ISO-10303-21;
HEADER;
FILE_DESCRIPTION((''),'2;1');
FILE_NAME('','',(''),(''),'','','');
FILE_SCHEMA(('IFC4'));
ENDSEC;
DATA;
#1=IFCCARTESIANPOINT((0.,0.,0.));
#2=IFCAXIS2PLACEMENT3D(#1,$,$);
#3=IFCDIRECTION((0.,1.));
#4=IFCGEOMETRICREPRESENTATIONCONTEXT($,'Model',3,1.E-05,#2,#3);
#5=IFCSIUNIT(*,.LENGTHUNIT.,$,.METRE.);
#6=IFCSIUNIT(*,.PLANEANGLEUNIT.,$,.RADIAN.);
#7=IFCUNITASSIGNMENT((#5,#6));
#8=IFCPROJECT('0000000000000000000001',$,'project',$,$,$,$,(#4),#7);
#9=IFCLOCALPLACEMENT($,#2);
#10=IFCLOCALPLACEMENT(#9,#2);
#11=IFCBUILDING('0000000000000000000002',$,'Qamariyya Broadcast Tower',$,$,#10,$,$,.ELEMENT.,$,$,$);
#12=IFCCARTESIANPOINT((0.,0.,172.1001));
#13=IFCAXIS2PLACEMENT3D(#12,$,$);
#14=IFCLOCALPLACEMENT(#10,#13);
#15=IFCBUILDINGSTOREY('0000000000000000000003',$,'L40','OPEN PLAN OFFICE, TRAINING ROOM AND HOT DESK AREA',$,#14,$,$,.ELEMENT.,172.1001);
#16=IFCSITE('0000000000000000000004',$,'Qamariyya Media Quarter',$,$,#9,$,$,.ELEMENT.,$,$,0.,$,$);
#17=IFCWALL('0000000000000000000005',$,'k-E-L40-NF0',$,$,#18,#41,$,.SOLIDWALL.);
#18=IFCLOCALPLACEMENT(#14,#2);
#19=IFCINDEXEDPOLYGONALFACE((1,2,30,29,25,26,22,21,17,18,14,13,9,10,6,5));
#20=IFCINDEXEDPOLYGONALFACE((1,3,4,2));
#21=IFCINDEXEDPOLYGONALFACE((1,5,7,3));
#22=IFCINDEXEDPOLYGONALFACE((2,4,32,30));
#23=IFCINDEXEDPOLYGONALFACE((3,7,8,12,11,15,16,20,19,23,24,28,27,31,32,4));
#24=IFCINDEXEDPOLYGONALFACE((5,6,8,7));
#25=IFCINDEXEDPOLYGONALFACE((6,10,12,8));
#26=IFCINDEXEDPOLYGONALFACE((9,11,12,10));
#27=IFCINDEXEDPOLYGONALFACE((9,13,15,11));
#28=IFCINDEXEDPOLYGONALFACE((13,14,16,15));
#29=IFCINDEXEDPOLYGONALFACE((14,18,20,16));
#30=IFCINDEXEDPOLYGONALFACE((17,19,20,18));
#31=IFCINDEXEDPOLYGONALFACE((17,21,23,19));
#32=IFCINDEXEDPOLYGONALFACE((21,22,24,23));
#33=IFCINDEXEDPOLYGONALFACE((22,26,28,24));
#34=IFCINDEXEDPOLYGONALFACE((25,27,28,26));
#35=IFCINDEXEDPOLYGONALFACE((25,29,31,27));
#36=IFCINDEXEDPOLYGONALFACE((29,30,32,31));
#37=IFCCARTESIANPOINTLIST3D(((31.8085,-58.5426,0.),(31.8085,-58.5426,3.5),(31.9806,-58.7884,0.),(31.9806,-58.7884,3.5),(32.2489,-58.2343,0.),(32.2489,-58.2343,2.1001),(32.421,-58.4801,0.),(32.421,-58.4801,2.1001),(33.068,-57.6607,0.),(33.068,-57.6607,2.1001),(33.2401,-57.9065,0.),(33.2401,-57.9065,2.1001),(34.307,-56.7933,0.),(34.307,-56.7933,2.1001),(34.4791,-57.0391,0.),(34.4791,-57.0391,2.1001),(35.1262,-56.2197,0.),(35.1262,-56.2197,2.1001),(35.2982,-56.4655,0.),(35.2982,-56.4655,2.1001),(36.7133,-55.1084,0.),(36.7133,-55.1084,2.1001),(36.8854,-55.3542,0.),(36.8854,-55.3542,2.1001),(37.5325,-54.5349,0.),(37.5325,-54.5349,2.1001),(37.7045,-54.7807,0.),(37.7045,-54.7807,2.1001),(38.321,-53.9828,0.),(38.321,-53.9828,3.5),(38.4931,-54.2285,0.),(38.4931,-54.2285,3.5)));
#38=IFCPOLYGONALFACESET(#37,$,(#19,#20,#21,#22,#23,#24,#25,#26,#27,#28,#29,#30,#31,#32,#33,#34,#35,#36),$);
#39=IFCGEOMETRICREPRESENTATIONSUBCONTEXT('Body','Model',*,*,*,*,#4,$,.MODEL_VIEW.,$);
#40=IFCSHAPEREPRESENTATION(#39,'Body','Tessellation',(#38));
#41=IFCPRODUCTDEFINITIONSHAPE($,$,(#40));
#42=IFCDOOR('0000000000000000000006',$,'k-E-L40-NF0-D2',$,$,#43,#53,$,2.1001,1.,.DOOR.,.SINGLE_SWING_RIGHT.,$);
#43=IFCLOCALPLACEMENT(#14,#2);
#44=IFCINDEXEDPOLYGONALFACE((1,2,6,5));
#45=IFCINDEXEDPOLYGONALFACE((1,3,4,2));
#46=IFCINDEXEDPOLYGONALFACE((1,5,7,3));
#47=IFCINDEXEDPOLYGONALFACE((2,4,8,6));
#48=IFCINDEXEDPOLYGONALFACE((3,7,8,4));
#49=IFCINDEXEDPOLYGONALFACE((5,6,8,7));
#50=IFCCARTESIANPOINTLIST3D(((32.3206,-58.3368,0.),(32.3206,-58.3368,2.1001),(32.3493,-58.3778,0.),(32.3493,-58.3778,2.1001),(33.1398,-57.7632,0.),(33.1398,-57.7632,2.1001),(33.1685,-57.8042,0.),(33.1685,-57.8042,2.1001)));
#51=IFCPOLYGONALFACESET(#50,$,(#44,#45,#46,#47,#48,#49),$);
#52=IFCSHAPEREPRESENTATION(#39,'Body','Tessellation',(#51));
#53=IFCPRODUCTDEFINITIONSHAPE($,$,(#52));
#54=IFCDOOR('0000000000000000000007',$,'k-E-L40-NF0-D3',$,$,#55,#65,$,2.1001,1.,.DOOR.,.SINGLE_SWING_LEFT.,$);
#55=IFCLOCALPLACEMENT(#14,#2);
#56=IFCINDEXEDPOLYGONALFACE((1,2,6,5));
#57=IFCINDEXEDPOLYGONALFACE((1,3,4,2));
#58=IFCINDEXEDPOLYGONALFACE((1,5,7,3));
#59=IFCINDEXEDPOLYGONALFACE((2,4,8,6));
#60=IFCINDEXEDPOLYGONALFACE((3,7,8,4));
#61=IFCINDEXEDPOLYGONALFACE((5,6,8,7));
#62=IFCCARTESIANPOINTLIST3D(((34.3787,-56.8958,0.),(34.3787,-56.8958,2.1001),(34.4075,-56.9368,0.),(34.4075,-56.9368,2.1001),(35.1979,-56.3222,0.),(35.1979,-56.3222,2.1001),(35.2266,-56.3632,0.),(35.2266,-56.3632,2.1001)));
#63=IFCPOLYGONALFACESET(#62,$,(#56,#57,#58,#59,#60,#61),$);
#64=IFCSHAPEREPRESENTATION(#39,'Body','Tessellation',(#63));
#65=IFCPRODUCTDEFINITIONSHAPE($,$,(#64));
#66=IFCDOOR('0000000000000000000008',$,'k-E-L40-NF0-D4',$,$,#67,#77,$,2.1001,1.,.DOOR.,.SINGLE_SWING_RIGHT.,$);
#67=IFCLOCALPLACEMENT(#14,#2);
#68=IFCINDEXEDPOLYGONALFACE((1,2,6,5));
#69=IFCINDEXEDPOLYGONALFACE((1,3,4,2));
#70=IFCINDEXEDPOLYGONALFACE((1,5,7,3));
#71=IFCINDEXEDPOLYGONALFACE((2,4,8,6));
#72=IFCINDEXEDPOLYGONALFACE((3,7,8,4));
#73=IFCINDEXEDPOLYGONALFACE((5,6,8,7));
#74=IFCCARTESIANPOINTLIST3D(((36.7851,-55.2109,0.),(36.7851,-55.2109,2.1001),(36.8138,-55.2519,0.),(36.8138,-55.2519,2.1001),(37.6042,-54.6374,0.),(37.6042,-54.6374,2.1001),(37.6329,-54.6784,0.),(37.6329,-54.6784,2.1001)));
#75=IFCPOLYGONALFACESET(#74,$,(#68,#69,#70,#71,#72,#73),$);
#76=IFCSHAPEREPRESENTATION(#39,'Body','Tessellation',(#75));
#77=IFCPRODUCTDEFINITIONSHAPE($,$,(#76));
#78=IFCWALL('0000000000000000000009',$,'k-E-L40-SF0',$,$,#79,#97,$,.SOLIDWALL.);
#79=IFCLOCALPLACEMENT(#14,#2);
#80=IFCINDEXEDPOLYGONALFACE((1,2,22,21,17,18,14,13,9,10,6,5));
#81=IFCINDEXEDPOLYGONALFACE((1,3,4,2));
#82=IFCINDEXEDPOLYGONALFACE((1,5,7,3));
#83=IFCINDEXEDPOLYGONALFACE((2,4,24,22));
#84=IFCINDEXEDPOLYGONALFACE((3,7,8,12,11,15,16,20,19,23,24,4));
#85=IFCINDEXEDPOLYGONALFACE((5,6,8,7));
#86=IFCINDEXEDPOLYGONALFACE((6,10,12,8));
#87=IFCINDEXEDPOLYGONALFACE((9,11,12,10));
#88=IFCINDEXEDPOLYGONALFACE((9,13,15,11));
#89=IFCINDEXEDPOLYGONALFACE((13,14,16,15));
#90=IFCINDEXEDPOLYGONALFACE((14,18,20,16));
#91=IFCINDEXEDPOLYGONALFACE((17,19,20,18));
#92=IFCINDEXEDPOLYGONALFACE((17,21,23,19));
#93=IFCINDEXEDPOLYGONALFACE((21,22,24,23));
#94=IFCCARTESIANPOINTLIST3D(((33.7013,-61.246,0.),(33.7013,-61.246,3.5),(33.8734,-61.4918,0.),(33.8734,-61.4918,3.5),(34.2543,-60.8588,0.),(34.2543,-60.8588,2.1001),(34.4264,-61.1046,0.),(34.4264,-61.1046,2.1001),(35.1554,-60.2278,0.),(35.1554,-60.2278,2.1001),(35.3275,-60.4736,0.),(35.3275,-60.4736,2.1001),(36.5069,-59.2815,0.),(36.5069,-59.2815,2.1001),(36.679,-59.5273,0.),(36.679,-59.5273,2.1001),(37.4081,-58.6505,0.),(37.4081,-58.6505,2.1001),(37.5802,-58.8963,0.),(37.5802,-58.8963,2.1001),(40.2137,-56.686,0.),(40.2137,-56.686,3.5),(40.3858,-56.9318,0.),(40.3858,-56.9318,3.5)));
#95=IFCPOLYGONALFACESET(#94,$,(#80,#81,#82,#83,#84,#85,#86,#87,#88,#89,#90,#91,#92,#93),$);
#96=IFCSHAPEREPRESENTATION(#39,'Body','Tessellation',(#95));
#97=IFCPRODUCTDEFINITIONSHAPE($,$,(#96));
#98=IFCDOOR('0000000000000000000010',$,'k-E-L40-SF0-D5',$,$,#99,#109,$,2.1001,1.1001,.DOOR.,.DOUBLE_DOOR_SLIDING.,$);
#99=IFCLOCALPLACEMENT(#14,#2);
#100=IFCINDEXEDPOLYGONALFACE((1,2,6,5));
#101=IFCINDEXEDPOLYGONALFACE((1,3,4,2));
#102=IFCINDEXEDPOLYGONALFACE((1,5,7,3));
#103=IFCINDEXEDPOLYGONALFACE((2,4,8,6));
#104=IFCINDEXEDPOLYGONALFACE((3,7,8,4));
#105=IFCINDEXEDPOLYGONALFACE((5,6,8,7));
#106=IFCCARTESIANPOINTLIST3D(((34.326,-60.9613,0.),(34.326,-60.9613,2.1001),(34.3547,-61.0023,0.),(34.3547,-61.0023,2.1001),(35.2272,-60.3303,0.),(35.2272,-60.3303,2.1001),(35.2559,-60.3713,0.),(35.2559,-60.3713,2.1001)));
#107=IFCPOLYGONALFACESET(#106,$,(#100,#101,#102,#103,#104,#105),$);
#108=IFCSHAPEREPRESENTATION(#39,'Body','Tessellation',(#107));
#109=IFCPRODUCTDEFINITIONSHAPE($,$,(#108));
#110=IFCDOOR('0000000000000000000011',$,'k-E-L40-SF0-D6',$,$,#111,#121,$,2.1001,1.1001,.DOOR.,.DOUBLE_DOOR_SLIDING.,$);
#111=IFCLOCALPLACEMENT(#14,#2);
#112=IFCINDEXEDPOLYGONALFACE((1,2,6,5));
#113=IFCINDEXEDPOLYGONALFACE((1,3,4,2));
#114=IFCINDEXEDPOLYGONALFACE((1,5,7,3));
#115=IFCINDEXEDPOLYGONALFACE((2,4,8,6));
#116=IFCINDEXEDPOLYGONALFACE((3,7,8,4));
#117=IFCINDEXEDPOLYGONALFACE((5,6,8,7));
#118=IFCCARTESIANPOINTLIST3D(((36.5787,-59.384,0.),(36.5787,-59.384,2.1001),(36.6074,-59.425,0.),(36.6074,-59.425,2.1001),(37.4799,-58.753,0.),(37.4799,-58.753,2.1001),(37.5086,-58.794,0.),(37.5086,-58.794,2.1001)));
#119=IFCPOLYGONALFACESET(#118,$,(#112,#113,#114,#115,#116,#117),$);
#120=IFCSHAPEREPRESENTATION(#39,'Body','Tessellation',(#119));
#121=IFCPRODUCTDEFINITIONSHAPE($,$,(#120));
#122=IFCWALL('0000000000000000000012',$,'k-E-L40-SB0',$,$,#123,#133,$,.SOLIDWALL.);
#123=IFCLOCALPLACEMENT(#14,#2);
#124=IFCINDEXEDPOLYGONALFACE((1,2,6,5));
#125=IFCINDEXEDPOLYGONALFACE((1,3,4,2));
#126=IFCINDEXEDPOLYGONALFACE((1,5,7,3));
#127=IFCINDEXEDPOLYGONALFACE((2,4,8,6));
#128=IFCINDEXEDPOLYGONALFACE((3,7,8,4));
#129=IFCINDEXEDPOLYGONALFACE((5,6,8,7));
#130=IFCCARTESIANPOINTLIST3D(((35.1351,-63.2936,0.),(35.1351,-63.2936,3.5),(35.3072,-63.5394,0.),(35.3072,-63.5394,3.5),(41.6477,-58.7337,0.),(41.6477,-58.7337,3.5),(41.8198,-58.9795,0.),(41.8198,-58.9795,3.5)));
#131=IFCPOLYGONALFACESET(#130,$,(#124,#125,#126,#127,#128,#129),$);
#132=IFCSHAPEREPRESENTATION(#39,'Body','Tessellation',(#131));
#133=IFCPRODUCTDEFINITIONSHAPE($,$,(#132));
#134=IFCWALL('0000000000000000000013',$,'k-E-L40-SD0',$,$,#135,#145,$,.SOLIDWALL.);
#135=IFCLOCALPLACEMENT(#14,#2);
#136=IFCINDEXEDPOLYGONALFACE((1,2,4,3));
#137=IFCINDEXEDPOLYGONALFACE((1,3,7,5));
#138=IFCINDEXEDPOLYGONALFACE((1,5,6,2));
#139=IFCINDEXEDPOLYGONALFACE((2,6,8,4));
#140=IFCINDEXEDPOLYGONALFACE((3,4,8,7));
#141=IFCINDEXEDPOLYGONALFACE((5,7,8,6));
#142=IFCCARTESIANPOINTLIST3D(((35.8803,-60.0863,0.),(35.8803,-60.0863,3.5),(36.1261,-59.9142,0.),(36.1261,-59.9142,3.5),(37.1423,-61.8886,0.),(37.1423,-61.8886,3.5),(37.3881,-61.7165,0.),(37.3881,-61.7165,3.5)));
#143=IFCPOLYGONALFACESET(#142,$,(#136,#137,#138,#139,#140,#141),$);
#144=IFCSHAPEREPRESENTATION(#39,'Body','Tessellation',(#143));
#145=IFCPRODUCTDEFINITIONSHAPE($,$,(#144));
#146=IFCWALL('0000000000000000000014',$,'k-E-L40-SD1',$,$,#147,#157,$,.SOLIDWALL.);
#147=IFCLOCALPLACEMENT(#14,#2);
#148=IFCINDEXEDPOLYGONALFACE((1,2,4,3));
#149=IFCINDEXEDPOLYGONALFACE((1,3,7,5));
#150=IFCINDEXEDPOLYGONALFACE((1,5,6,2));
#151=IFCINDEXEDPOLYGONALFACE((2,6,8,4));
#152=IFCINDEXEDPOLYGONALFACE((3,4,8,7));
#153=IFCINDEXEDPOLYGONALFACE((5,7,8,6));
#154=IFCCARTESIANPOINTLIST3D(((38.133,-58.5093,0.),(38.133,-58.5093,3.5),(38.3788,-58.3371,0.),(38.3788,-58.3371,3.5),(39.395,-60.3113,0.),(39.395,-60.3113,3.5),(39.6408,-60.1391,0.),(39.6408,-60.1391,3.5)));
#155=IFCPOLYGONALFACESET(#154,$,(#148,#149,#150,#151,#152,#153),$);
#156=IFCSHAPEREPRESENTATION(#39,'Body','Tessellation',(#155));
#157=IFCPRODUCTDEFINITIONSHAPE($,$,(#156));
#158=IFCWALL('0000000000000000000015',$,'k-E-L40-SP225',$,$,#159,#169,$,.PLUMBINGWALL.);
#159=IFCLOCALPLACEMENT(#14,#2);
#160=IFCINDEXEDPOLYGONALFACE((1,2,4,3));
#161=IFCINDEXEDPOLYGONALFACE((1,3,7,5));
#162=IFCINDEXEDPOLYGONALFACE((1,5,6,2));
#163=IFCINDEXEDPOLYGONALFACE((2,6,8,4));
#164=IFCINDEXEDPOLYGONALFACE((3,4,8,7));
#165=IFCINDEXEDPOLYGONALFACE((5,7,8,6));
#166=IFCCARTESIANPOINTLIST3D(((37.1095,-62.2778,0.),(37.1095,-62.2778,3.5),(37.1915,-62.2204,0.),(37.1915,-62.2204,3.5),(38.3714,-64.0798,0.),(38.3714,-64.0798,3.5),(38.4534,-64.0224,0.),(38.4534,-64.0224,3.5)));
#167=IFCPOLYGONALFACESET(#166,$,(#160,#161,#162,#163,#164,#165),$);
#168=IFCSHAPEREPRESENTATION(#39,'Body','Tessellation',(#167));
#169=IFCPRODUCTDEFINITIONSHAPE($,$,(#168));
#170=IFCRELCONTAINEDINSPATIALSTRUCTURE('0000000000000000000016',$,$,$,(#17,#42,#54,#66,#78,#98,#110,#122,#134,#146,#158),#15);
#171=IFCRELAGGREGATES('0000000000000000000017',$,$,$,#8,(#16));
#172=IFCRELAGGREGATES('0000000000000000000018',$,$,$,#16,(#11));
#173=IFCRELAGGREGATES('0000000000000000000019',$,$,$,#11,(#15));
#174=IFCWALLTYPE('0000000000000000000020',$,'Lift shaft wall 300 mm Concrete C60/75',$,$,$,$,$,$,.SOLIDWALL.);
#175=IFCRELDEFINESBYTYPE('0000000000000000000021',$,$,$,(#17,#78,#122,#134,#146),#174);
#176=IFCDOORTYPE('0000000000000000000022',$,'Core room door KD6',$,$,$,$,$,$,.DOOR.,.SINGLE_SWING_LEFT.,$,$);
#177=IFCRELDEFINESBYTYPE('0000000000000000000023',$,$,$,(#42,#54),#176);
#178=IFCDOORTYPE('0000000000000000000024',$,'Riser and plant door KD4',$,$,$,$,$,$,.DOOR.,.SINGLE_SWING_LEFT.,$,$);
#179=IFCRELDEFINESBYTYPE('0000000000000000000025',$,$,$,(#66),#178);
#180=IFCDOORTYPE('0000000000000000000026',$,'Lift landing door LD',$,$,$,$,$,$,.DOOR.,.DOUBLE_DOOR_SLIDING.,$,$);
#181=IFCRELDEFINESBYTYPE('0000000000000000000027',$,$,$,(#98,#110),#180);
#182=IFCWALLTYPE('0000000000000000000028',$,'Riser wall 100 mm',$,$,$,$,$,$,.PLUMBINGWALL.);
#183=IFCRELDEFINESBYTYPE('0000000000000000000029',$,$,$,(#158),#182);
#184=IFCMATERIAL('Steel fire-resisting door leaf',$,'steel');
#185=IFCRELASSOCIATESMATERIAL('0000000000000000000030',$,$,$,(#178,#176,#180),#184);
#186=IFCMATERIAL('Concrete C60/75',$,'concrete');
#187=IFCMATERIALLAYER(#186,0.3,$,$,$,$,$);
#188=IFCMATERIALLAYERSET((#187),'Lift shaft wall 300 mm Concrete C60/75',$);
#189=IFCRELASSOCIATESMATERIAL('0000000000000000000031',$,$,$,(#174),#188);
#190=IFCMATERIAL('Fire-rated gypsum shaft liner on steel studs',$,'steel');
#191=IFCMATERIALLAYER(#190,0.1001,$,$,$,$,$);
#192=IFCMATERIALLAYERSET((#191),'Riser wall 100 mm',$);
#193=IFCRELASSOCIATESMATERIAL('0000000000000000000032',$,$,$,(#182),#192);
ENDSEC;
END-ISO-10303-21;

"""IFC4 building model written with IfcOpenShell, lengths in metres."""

from ifc_helpers import new_model, si_unit, direction, frame, frame_2d, origin, place, context, subcontext, project, spatial, rectangle, extrude, material, layer, layer_set, type_object, element, fill, save


model = new_model("IFC4")

# Units and contexts
model_context = context("Model", 3, precision=1e-05, world=origin(), true_north=direction((0.0, 1.0)))
body_context = subcontext(model_context, "Body", "Model", "MODEL_VIEW")
ifc_project = project(units=[si_unit("LENGTHUNIT", "METRE"), si_unit("PLANEANGLEUNIT", "RADIAN")], contexts=[model_context])

# Site, building, storey
site_placement = place(None, origin())
site = spatial("IfcSite", under=ifc_project, at=site_placement, Name="Qamariyya Media Quarter", CompositionType="ELEMENT", RefElevation=0.0)
building_placement = place(site_placement, origin())
building = spatial("IfcBuilding", under=site, at=building_placement, Name="Qamariyya Broadcast Tower", CompositionType="ELEMENT")
storey_placement = place(building_placement, frame((0.0, 0.0, 172.1001)))
storey = spatial("IfcBuildingStorey", under=building, at=storey_placement, Name="L40", Description="OPEN PLAN OFFICE, TRAINING ROOM AND HOT DESK AREA", CompositionType="ELEMENT", Elevation=172.1001)

# Shared definitions
ifc_material_1 = material(Name="Concrete C60/75", Category="concrete")

# Shared definitions
ifc_material_2 = material(Name="Steel fire-resisting door leaf", Category="steel")

# Shared definitions
door_type_1 = type_object("IfcDoorType", Name="Riser and plant door KD4", OperationType="SINGLE_SWING_LEFT", PredefinedType="DOOR", material=ifc_material_2)

# Walls, openings, doors
ifc_layer_1 = layer(ifc_material_1, 0.3)
ifc_layer_set_1 = layer_set([ifc_layer_1], Name="Lift shaft wall 300 mm Concrete C60/75")
wall_type_1 = type_object("IfcWallType", Name="Lift shaft wall 300 mm Concrete C60/75", PredefinedType="SOLIDWALL", material=ifc_layer_set_1)
wall_1_placement = place(storey_placement, frame((31.8945, -58.6655, 0.0), z_axis=(0.0, 0.0, 1.0), x_axis=(0.819167, 0.573555, 0.0)))
wall_1 = element("IfcWall", 1, at=wall_1_placement, inside=storey, type_object=wall_type_1, Name="k-E-L40-NF0", PredefinedType="SOLIDWALL", context=body_context, shape_type="SweptSolid", body=[
    extrude(rectangle(XDim=7.9502, YDim=0.3, at=frame_2d((3.9751, 0.0))), origin(), (0.0, 0.0, 1.0), 3.5),
])
opening_1_placement = place(wall_1_placement, frame((0.5376, 0.0, 0.0)))
opening_1 = element("IfcOpeningElement", 2, at=opening_1_placement, cuts=wall_1, PredefinedType="OPENING", context=body_context, shape_type="SweptSolid", body=[
    extrude(rectangle(XDim=1.0, YDim=2.1001, at=frame_2d((0.5, 1.05))), frame((0.0, 0.1599, 0.0), z_axis=(0.0, -1.0, 0.0), x_axis=(1.0, 0.0, 0.0)), (0.0, 0.0, 1.0), 0.3201),
])
opening_2_placement = place(wall_1_placement, frame((3.05, 0.0, 0.0)))
opening_2 = element("IfcOpeningElement", 3, at=opening_2_placement, cuts=wall_1, PredefinedType="OPENING", context=body_context, shape_type="SweptSolid", body=[
    extrude(rectangle(XDim=1.0, YDim=2.1001, at=frame_2d((0.5, 1.05))), frame((0.0, 0.1599, 0.0), z_axis=(0.0, -1.0, 0.0), x_axis=(1.0, 0.0, 0.0)), (0.0, 0.0, 1.0), 0.3201),
])
opening_3_placement = place(wall_1_placement, frame((5.9875, 0.0, 0.0)))
opening_3 = element("IfcOpeningElement", 4, at=opening_3_placement, cuts=wall_1, PredefinedType="OPENING", context=body_context, shape_type="SweptSolid", body=[
    extrude(rectangle(XDim=1.0, YDim=2.1001, at=frame_2d((0.5, 1.05))), frame((0.0, 0.1599, 0.0), z_axis=(0.0, -1.0, 0.0), x_axis=(1.0, 0.0, 0.0)), (0.0, 0.0, 1.0), 0.3201),
])
door_type_2 = type_object("IfcDoorType", Name="Core room door KD6", OperationType="SINGLE_SWING_LEFT", PredefinedType="DOOR", material=ifc_material_2)
door_1_placement = place(opening_1_placement, origin())
door_1 = element("IfcDoor", 5, at=door_1_placement, inside=storey, type_object=door_type_2, Name="k-E-L40-NF0-D2", OperationType="SINGLE_SWING_RIGHT", OverallHeight=2.1001, OverallWidth=1.0, PredefinedType="DOOR", context=body_context, shape_type="SweptSolid", body=[
    extrude(rectangle(XDim=1.0, YDim=2.1001, at=frame_2d((0.5, 1.05))), frame((0.0, 0.0249, 0.0), z_axis=(0.0, -1.0, 0.0), x_axis=(1.0, 0.0, 0.0)), (0.0, 0.0, 1.0), 0.05),
])
fill(opening_1, door_1)
door_2_placement = place(opening_2_placement, origin())
door_2 = element("IfcDoor", 6, at=door_2_placement, inside=storey, type_object=door_type_2, Name="k-E-L40-NF0-D3", OperationType="SINGLE_SWING_LEFT", OverallHeight=2.1001, OverallWidth=1.0, PredefinedType="DOOR", context=body_context, shape_type="SweptSolid", body=[
    extrude(rectangle(XDim=1.0, YDim=2.1001, at=frame_2d((0.5, 1.05))), frame((0.0, 0.0249, 0.0), z_axis=(0.0, -1.0, 0.0), x_axis=(1.0, 0.0, 0.0)), (0.0, 0.0, 1.0), 0.05),
])
fill(opening_2, door_2)
door_3_placement = place(opening_3_placement, origin())
door_3 = element("IfcDoor", 7, at=door_3_placement, inside=storey, type_object=door_type_1, Name="k-E-L40-NF0-D4", OperationType="SINGLE_SWING_RIGHT", OverallHeight=2.1001, OverallWidth=1.0, PredefinedType="DOOR", context=body_context, shape_type="SweptSolid", body=[
    extrude(rectangle(XDim=1.0, YDim=2.1001, at=frame_2d((0.5, 1.05))), frame((0.0, 0.0249, 0.0), z_axis=(0.0, -1.0, 0.0), x_axis=(1.0, 0.0, 0.0)), (0.0, 0.0, 1.0), 0.05),
])
fill(opening_3, door_3)
wall_2_placement = place(storey_placement, frame((33.7874, -61.3689, 0.0), z_axis=(0.0, 0.0, 1.0), x_axis=(0.819153, 0.573576, 0.0)))
wall_2 = element("IfcWall", 8, at=wall_2_placement, inside=storey, type_object=wall_type_1, Name="k-E-L40-SF0", PredefinedType="SOLIDWALL", context=body_context, shape_type="SweptSolid", body=[
    extrude(rectangle(XDim=7.9502, YDim=0.3, at=frame_2d((3.9751, 0.0))), origin(), (0.0, 0.0, 1.0), 3.5),
])
opening_4_placement = place(wall_2_placement, frame((0.675, 0.0, 0.0)))
opening_4 = element("IfcOpeningElement", 9, at=opening_4_placement, cuts=wall_2, PredefinedType="OPENING", context=body_context, shape_type="SweptSolid", body=[
    extrude(rectangle(XDim=1.1001, YDim=2.1001, at=frame_2d((0.55, 1.05))), frame((0.0, 0.1599, 0.0), z_axis=(0.0, -1.0, 0.0), x_axis=(1.0, 0.0, 0.0)), (0.0, 0.0, 1.0), 0.3201),
])
opening_5_placement = place(wall_2_placement, frame((3.425, 0.0, 0.0)))
opening_5 = element("IfcOpeningElement", 10, at=opening_5_placement, cuts=wall_2, PredefinedType="OPENING", context=body_context, shape_type="SweptSolid", body=[
    extrude(rectangle(XDim=1.1001, YDim=2.1001, at=frame_2d((0.55, 1.05))), frame((0.0, 0.1599, 0.0), z_axis=(0.0, -1.0, 0.0), x_axis=(1.0, 0.0, 0.0)), (0.0, 0.0, 1.0), 0.3201),
])
door_type_3 = type_object("IfcDoorType", Name="Lift landing door LD", OperationType="DOUBLE_DOOR_SLIDING", PredefinedType="DOOR", material=ifc_material_2)
door_4_placement = place(opening_4_placement, origin())
door_4 = element("IfcDoor", 11, at=door_4_placement, inside=storey, type_object=door_type_3, Name="k-E-L40-SF0-D5", OperationType="DOUBLE_DOOR_SLIDING", OverallHeight=2.1001, OverallWidth=1.1001, PredefinedType="DOOR", context=body_context, shape_type="SweptSolid", body=[
    extrude(rectangle(XDim=1.1001, YDim=2.1001, at=frame_2d((0.55, 1.05))), frame((0.0, 0.0249, 0.0), z_axis=(0.0, -1.0, 0.0), x_axis=(1.0, 0.0, 0.0)), (0.0, 0.0, 1.0), 0.05),
])
fill(opening_4, door_4)
door_5_placement = place(opening_5_placement, origin())
door_5 = element("IfcDoor", 12, at=door_5_placement, inside=storey, type_object=door_type_3, Name="k-E-L40-SF0-D6", OperationType="DOUBLE_DOOR_SLIDING", OverallHeight=2.1001, OverallWidth=1.1001, PredefinedType="DOOR", context=body_context, shape_type="SweptSolid", body=[
    extrude(rectangle(XDim=1.1001, YDim=2.1001, at=frame_2d((0.55, 1.05))), frame((0.0, 0.0249, 0.0), z_axis=(0.0, -1.0, 0.0), x_axis=(1.0, 0.0, 0.0)), (0.0, 0.0, 1.0), 0.05),
])
fill(opening_5, door_5)

# Walls
wall_3_placement = place(storey_placement, frame((35.2212, -63.4165, 0.0), z_axis=(0.0, 0.0, 1.0), x_axis=(0.819167, 0.573555, 0.0)))
element("IfcWall", 13, at=wall_3_placement, inside=storey, type_object=wall_type_1, Name="k-E-L40-SB0", PredefinedType="SOLIDWALL", context=body_context, shape_type="SweptSolid", body=[
    extrude(rectangle(XDim=7.9502, YDim=0.3, at=frame_2d((3.9751, 0.0))), origin(), (0.0, 0.0, 1.0), 3.5),
])
wall_4_placement = place(storey_placement, frame((36.0032, -60.0002, 0.0), z_axis=(0.0, 0.0, 1.0), x_axis=(0.573581, -0.819149, 0.0)))
element("IfcWall", 14, at=wall_4_placement, inside=storey, type_object=wall_type_1, Name="k-E-L40-SD0", PredefinedType="SOLIDWALL", context=body_context, shape_type="SweptSolid", body=[
    extrude(rectangle(XDim=2.2002, YDim=0.3, at=frame_2d((1.1001, 0.0))), origin(), (0.0, 0.0, 1.0), 3.5),
])
wall_5_placement = place(storey_placement, frame((38.2559, -58.4231, 0.0), z_axis=(0.0, 0.0, 1.0), x_axis=(0.573634, -0.819112, 0.0)))
element("IfcWall", 15, at=wall_5_placement, inside=storey, type_object=wall_type_1, Name="k-E-L40-SD1", PredefinedType="SOLIDWALL", context=body_context, shape_type="SweptSolid", body=[
    extrude(rectangle(XDim=2.2, YDim=0.3, at=frame_2d((1.1001, 0.0))), origin(), (0.0, 0.0, 1.0), 3.5),
])
ifc_material_3 = material(Name="Fire-rated gypsum shaft liner on steel studs", Category="steel")
ifc_layer_2 = layer(ifc_material_3, 0.1001)
ifc_layer_set_2 = layer_set([ifc_layer_2], Name="Riser wall 100 mm")
wall_type_2 = type_object("IfcWallType", Name="Riser wall 100 mm", PredefinedType="PLUMBINGWALL", material=ifc_layer_set_2)
wall_6_placement = place(storey_placement, frame((37.1504, -62.249, 0.0), z_axis=(0.0, 0.0, 1.0), x_axis=(0.573634, -0.819112, 0.0)))
element("IfcWall", 16, at=wall_6_placement, inside=storey, type_object=wall_type_2, Name="k-E-L40-SP225", PredefinedType="PLUMBINGWALL", context=body_context, shape_type="SweptSolid", body=[
    extrude(rectangle(XDim=2.2, YDim=0.1001, at=frame_2d((1.1001, 0.0))), origin(), (0.0, 0.0, 1.0), 3.5),
])

save(model, "model.ifc")
